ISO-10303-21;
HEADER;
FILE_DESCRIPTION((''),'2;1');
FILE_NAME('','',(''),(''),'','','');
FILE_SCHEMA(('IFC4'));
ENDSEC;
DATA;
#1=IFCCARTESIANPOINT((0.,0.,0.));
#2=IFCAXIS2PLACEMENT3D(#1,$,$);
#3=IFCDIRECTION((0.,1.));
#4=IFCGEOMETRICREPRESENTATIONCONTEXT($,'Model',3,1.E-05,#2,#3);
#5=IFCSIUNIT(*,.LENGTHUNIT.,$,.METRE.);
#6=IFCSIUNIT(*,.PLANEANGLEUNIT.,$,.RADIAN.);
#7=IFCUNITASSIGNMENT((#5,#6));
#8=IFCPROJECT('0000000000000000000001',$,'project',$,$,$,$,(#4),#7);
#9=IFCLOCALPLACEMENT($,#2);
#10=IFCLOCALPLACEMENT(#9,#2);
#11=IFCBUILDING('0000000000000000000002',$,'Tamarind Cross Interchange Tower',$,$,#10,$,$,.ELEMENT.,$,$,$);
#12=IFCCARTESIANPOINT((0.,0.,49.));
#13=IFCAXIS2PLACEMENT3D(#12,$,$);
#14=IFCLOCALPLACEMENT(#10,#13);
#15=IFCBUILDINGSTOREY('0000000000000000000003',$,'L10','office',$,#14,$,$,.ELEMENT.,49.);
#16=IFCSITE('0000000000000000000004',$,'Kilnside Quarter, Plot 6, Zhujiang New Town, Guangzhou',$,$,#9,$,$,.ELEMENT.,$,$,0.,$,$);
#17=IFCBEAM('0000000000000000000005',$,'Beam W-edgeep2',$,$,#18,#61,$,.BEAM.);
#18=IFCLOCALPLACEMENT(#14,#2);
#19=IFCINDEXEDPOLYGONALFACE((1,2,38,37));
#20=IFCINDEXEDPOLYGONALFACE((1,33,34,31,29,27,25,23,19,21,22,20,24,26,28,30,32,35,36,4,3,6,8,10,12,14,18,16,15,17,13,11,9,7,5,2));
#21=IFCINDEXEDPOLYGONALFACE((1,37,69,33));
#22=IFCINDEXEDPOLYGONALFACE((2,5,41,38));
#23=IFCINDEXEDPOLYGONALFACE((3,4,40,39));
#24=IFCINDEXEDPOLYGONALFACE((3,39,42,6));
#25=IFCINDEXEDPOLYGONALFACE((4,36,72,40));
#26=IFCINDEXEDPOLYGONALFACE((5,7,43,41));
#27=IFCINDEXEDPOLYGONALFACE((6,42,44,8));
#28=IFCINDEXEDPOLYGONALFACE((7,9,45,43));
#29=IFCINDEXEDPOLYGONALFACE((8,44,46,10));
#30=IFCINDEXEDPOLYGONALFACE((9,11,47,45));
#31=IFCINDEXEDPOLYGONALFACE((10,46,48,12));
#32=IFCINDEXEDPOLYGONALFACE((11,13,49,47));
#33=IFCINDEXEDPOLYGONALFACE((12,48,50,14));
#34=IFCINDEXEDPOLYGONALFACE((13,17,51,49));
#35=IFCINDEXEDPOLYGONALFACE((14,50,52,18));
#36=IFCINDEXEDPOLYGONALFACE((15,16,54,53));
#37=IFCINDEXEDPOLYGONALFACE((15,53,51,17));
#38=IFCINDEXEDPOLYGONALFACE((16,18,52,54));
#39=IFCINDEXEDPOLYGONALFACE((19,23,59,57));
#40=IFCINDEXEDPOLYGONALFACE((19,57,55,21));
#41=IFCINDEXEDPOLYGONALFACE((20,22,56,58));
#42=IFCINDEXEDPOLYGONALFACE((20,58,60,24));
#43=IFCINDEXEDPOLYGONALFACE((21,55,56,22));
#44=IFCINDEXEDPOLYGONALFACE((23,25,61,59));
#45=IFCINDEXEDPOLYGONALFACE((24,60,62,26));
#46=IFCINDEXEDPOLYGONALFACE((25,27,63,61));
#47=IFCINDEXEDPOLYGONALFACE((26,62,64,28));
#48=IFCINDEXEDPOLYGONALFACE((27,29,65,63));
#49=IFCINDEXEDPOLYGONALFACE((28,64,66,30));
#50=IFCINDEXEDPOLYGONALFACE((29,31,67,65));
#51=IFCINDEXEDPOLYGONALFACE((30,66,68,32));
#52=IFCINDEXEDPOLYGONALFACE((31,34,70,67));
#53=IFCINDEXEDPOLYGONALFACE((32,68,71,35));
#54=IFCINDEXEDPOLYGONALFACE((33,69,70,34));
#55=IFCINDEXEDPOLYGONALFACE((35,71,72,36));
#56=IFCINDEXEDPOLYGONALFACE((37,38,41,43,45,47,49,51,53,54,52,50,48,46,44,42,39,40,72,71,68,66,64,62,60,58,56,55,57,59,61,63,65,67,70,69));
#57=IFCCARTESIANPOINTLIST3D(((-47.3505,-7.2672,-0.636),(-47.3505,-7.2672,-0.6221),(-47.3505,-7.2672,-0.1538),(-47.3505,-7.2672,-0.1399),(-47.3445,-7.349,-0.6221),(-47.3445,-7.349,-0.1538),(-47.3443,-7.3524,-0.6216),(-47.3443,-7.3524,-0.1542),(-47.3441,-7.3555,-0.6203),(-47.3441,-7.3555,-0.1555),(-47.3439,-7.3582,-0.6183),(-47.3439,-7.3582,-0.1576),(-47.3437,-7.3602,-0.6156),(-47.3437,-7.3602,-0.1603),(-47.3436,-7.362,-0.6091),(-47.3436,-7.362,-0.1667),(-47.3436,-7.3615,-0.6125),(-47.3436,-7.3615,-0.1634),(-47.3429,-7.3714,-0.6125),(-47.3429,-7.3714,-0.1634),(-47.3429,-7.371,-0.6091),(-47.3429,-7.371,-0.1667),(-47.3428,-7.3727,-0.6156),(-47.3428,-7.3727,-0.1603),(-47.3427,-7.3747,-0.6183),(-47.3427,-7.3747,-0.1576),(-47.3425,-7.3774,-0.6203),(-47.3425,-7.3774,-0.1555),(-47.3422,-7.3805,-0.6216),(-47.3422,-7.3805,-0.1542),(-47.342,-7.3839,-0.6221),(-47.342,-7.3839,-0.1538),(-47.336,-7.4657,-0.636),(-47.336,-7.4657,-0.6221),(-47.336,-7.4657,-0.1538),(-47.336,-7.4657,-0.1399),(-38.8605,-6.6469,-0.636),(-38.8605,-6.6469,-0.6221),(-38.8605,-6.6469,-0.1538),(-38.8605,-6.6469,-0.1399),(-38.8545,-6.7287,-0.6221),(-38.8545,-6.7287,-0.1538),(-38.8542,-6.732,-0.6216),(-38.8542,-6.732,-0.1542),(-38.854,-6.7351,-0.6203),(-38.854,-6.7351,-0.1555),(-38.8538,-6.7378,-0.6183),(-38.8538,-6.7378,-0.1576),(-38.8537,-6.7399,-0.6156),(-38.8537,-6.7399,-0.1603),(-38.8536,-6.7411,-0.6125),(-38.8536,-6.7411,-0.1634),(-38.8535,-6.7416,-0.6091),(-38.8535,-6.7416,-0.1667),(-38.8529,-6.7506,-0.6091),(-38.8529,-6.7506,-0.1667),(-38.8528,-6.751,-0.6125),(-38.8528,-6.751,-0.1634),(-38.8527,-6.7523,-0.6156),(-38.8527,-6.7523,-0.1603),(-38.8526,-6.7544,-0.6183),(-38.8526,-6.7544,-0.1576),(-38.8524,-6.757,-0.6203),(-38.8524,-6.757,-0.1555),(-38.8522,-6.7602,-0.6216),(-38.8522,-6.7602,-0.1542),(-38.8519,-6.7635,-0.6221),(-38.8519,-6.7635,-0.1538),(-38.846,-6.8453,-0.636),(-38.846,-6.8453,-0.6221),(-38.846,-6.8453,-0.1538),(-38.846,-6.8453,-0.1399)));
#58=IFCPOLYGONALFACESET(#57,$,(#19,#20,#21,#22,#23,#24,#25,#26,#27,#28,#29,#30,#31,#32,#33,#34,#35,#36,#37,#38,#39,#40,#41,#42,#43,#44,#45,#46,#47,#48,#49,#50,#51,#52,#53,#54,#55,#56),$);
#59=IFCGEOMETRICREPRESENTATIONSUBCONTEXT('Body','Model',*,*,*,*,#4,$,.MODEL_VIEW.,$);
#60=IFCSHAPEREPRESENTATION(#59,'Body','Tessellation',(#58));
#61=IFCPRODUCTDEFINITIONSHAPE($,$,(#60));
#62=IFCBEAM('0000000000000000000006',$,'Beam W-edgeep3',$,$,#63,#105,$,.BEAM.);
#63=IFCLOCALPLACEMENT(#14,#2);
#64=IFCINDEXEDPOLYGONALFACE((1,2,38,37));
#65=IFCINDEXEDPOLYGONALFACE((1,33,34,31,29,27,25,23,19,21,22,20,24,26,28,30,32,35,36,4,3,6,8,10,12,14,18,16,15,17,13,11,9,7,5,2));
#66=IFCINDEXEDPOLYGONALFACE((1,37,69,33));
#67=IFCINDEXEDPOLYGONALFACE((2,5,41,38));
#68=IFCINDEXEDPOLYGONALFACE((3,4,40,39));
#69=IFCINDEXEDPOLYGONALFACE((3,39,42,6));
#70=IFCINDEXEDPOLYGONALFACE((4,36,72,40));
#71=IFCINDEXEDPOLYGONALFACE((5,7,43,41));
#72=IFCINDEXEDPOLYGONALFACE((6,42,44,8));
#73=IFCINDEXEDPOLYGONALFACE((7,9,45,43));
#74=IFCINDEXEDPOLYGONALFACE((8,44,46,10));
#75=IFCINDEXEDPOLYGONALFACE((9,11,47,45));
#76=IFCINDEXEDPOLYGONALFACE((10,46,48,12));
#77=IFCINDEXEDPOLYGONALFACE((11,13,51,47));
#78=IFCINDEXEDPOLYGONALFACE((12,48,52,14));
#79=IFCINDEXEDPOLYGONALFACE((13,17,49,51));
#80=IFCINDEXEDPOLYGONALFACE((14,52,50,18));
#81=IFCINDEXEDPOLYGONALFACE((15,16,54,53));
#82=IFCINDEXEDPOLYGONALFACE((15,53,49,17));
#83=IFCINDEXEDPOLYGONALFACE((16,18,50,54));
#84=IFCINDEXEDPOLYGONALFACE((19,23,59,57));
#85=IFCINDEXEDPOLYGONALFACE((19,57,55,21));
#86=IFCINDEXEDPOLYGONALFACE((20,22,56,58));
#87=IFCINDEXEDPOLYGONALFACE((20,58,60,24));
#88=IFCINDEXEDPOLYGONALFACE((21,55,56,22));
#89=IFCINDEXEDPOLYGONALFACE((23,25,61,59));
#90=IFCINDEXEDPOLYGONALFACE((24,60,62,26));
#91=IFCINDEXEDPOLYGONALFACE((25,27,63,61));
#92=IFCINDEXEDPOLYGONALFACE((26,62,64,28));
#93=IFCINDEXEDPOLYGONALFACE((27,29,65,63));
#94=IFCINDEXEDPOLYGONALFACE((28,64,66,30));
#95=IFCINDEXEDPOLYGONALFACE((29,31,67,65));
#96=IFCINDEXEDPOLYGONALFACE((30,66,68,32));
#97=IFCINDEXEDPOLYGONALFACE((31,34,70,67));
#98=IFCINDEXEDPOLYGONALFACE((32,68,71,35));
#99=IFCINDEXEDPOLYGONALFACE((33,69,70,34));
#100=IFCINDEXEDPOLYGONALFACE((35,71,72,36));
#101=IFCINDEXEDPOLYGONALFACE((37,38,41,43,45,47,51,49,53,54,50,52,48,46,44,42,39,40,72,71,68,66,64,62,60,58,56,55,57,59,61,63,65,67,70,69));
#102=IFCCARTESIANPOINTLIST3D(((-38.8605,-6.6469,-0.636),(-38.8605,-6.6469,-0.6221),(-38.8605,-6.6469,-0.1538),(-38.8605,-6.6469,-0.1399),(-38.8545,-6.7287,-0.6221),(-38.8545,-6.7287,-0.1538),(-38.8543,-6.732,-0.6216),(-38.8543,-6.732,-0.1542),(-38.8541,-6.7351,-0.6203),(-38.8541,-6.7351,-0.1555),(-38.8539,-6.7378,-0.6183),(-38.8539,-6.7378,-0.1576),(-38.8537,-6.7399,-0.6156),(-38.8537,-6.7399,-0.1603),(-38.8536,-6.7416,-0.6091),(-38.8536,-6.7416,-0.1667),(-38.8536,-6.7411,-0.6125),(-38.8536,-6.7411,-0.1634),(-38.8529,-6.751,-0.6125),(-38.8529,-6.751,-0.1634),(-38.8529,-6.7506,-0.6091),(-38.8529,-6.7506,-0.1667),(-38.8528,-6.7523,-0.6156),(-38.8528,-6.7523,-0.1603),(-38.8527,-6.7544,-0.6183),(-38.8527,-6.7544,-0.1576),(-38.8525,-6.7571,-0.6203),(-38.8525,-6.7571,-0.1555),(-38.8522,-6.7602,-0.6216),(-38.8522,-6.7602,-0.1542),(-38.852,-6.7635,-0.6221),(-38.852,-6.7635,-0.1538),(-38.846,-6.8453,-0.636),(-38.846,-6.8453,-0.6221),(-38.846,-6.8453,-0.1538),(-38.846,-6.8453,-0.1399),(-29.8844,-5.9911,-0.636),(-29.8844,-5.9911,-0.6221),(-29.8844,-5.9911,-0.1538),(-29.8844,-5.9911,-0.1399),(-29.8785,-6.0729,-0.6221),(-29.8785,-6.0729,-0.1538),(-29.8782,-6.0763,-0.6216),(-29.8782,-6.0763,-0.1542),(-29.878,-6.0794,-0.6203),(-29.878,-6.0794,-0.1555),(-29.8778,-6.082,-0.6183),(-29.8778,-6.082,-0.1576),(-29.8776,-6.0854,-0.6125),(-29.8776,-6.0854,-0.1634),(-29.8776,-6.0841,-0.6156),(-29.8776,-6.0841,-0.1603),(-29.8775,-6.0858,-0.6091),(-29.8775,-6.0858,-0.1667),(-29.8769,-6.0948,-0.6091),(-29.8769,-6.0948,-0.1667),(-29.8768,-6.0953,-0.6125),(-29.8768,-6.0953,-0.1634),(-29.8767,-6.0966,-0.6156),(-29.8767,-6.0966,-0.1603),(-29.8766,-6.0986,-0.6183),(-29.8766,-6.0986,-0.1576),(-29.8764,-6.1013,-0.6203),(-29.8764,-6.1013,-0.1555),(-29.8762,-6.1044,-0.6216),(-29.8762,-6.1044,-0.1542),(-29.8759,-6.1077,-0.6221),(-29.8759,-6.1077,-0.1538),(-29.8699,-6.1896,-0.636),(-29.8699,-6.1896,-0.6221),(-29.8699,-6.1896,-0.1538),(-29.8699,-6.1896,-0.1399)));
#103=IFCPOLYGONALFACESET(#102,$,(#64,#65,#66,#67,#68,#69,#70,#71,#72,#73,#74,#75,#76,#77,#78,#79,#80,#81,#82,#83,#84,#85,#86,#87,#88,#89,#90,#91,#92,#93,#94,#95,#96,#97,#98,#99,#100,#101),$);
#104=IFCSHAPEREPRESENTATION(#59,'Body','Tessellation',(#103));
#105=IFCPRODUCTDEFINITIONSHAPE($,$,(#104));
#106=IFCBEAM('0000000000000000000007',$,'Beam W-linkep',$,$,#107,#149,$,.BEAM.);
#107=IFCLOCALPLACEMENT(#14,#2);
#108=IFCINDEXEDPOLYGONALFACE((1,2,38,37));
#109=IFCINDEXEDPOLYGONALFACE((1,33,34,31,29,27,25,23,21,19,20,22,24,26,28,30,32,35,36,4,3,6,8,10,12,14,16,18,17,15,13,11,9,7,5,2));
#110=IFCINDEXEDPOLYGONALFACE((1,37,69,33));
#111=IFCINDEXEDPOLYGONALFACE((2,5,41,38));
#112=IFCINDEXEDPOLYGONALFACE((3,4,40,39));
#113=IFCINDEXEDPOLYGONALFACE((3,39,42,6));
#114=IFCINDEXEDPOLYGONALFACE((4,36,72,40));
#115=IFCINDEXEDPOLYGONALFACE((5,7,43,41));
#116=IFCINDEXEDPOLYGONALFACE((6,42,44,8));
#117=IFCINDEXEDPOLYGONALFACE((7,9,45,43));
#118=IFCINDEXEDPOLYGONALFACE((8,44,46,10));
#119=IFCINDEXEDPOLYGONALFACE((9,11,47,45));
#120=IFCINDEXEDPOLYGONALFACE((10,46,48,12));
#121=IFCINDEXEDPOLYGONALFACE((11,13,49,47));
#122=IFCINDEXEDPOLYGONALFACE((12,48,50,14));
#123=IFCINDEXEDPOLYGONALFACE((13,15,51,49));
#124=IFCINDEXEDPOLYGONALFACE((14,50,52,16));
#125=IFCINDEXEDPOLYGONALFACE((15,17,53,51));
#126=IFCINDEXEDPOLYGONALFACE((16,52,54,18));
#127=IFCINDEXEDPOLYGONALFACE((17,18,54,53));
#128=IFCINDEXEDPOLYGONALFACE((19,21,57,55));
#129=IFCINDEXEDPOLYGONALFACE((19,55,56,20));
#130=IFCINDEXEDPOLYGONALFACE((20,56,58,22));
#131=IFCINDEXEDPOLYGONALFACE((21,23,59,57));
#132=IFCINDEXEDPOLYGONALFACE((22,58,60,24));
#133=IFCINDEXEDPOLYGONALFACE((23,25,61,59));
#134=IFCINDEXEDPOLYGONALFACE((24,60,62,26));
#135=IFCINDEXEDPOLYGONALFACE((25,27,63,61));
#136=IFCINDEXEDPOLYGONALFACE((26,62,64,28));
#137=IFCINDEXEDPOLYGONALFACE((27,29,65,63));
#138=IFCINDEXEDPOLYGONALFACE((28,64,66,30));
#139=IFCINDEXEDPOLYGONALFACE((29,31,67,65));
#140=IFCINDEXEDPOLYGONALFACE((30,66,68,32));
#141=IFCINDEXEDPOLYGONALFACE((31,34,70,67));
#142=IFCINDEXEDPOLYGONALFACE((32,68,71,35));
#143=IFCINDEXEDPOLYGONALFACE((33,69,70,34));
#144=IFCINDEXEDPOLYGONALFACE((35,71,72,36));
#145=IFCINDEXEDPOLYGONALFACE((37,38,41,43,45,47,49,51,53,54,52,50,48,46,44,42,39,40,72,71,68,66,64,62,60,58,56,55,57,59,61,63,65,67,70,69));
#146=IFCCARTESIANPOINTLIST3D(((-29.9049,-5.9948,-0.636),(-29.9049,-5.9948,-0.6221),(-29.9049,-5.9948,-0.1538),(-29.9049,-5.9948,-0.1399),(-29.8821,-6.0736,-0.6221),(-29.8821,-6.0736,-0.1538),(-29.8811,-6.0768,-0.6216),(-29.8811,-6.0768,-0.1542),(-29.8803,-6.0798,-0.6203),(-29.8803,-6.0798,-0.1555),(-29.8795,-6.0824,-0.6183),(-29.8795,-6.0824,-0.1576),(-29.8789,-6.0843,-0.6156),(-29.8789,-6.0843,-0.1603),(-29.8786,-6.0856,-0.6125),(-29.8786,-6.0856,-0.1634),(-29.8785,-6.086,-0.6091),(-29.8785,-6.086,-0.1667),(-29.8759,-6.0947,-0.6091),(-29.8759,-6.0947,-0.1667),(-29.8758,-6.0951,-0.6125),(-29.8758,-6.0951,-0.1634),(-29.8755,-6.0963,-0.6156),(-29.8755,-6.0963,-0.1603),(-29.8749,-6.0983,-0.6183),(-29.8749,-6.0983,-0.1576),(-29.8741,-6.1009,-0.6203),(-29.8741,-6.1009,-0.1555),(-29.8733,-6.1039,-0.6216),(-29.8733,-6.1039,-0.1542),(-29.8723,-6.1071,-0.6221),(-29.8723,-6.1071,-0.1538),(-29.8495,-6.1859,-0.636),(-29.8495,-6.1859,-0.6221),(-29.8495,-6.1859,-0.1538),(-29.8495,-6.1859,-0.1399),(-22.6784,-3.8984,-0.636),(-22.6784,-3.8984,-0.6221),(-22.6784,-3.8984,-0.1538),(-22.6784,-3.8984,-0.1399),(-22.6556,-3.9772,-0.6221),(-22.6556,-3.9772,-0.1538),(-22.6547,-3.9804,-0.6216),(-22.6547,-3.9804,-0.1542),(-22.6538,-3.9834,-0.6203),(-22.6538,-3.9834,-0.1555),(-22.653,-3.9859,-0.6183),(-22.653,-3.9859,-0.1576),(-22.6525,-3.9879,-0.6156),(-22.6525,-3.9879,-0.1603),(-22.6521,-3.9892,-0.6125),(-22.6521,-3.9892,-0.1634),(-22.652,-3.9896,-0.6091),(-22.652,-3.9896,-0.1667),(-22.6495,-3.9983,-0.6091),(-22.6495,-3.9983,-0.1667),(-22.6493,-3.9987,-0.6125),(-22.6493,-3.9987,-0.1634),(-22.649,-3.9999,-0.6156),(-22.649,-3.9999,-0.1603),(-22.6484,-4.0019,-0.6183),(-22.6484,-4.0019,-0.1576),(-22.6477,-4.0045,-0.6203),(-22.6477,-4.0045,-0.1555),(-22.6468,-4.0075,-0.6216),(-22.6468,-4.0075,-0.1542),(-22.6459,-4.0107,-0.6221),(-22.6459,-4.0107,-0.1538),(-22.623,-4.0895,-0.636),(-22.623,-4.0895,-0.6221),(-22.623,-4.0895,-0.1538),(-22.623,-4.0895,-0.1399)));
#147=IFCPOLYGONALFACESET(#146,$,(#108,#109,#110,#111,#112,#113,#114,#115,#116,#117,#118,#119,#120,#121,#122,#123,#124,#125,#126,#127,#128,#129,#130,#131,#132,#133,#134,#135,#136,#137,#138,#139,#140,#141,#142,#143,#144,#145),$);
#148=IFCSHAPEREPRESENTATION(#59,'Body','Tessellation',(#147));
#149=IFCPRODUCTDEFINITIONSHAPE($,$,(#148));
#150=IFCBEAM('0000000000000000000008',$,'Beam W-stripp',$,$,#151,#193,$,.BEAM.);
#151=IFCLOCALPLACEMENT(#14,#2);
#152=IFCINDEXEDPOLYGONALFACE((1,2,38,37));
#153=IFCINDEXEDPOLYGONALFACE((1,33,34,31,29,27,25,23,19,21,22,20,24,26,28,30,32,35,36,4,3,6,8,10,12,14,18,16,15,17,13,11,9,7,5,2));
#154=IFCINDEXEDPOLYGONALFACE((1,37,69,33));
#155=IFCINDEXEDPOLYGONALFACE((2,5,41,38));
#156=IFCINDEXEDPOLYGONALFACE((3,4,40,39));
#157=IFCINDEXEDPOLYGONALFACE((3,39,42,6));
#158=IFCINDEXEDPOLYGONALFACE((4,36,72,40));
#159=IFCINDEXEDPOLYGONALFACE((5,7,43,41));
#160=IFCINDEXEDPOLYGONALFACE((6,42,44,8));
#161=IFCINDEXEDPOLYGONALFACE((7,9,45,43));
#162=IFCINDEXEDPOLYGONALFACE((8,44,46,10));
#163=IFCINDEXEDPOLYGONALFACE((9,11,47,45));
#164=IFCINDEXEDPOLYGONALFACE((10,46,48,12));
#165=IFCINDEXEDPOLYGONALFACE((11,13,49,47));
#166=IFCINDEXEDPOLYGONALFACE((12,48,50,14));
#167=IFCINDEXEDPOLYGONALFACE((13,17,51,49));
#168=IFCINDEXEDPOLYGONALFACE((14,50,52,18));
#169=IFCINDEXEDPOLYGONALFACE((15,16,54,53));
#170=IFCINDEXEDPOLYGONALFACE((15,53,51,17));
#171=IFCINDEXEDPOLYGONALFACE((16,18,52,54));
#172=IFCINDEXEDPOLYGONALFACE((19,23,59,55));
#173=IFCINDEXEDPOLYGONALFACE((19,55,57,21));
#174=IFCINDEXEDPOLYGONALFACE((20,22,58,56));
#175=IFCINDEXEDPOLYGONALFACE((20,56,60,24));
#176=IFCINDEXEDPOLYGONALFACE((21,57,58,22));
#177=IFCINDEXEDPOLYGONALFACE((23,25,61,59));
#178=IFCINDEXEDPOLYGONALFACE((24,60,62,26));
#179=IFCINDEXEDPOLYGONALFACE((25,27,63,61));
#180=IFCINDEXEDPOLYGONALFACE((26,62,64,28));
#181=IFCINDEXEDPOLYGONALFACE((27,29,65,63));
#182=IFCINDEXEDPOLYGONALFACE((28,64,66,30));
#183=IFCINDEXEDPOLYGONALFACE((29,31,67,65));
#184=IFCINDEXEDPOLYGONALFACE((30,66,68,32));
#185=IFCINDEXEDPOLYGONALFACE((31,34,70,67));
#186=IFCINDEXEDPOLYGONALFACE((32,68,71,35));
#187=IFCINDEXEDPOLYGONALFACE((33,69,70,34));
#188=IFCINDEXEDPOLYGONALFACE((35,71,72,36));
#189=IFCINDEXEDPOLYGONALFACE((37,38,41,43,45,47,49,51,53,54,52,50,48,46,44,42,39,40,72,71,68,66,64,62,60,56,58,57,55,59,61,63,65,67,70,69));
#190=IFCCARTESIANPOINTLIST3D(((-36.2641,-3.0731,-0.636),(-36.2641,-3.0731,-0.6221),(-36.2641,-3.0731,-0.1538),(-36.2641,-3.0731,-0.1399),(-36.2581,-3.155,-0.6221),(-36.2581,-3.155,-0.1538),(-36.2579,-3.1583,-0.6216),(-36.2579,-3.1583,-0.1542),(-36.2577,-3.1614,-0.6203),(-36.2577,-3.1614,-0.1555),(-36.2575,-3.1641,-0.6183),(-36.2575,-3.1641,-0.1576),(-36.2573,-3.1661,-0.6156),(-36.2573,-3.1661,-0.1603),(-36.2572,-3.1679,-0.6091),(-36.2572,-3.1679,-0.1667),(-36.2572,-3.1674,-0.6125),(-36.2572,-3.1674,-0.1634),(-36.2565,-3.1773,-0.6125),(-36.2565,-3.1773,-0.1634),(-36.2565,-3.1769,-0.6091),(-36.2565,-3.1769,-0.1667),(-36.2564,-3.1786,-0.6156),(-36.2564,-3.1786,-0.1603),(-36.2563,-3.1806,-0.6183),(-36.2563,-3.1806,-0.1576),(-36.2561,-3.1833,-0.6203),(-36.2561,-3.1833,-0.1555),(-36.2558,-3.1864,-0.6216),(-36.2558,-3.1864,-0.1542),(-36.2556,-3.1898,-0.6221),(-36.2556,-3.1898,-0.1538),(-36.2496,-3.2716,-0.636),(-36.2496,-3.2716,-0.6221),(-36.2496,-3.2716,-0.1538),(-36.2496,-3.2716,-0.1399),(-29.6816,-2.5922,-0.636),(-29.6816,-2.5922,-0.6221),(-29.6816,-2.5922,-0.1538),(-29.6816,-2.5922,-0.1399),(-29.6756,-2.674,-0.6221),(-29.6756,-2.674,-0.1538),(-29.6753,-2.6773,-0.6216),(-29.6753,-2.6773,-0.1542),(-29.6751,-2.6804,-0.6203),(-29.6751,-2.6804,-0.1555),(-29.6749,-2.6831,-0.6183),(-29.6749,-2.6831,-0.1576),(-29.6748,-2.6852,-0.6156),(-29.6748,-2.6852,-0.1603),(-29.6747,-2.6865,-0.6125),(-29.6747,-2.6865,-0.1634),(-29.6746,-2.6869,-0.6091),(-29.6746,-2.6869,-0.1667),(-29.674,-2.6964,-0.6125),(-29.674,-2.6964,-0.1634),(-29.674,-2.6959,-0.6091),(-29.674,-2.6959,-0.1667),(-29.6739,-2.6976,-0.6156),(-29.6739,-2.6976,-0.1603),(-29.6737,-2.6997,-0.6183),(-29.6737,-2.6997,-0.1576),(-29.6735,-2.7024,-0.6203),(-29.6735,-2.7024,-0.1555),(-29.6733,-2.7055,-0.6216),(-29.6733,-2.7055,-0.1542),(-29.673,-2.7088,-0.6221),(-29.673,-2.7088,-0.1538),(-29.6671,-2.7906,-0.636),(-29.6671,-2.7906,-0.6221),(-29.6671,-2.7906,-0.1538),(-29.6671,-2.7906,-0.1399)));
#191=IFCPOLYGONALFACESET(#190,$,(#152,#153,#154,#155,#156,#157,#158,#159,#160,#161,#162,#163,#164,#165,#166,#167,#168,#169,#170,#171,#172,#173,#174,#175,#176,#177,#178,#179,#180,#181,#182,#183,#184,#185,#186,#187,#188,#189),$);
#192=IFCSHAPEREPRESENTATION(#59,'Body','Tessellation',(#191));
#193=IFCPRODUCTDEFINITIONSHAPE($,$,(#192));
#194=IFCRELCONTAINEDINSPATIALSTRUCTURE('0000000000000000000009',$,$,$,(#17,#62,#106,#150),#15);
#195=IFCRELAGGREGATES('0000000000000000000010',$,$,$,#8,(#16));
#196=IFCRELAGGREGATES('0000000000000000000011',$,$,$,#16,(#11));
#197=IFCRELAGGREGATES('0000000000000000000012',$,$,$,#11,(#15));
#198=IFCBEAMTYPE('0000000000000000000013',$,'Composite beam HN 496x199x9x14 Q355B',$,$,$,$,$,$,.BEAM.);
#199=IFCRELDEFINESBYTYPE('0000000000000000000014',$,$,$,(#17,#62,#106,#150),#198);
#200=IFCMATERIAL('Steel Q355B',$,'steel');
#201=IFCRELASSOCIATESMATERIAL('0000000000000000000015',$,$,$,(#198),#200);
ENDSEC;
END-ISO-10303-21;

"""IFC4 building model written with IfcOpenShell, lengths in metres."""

from ifc_helpers import new_model, si_unit, direction, frame, origin, origin_2d, place, context, subcontext, project, spatial, i_section, extrude, material, material_profile, profile_set, type_object, element, save


model = new_model("IFC4")

# Units and contexts
model_context = context("Model", 3, precision=1e-05, world=origin(), true_north=direction((0.0, 1.0)))
body_context = subcontext(model_context, "Body", "Model", "MODEL_VIEW")
ifc_project = project(units=[si_unit("LENGTHUNIT", "METRE"), si_unit("PLANEANGLEUNIT", "RADIAN")], contexts=[model_context])

# Site, building, storey
site_placement = place(None, origin())
site = spatial("IfcSite", under=ifc_project, at=site_placement, Name="Kilnside Quarter, Plot 6, Zhujiang New Town, Guangzhou", CompositionType="ELEMENT", RefElevation=0.0)
building_placement = place(site_placement, origin())
building = spatial("IfcBuilding", under=site, at=building_placement, Name="Tamarind Cross Interchange Tower", CompositionType="ELEMENT")
storey_placement = place(building_placement, frame((0.0, 0.0, 49.0)))
storey = spatial("IfcBuildingStorey", under=building, at=storey_placement, Name="L10", Description="office", CompositionType="ELEMENT", Elevation=49.0)

# Beams
ifc_material_1 = material(Name="Steel Q355B", Category="steel")
ifc_material_profile_1 = material_profile(ifc_material_1, i_section(OverallWidth=0.199, OverallDepth=0.4961, WebThickness=0.009, FlangeThickness=0.0139, FilletRadius=0.0129, at=origin_2d()), Name="HN 496x199x9x14")
ifc_profile_set_1 = profile_set([ifc_material_profile_1], Name="Steel Q355B")
beam_type_1 = type_object("IfcBeamType", Name="Composite beam HN 496x199x9x14 Q355B", PredefinedType="BEAM", material=ifc_profile_set_1)
beam_1_placement = place(storey_placement, frame((-47.3433, -7.3665, -0.3879), z_axis=(0.997341, 0.072875, 0.0), x_axis=(-0.072875, 0.997341, 0.0)))
element("IfcBeam", 1, at=beam_1_placement, inside=storey, type_object=beam_type_1, Name="Beam W-edgeep2", PredefinedType="BEAM", context=body_context, shape_type="SweptSolid", body=[
    extrude(i_section(OverallWidth=0.199, OverallDepth=0.4961, WebThickness=0.009, FlangeThickness=0.0139, FilletRadius=0.0129, at=origin_2d()), origin(), (0.0, 0.0, 1.0), 8.5127),
])
beam_2_placement = place(storey_placement, frame((-38.8533, -6.7461, -0.3879), z_axis=(0.997342, 0.072862, 0.0), x_axis=(-0.072862, 0.997342, 0.0)))
element("IfcBeam", 2, at=beam_2_placement, inside=storey, type_object=beam_type_1, Name="Beam W-edgeep3", PredefinedType="BEAM", context=body_context, shape_type="SweptSolid", body=[
    extrude(i_section(OverallWidth=0.199, OverallDepth=0.4961, WebThickness=0.009, FlangeThickness=0.0139, FilletRadius=0.0129, at=origin_2d()), origin(), (0.0, 0.0, 1.0), 9.0),
])
beam_3_placement = place(storey_placement, frame((-29.8772, -6.0903, -0.3879), z_axis=(0.960403, 0.278614, 0.0), x_axis=(-0.278614, 0.960403, 0.0)))
element("IfcBeam", 3, at=beam_3_placement, inside=storey, type_object=beam_type_1, Name="Beam W-linkep", PredefinedType="BEAM", context=body_context, shape_type="SweptSolid", body=[
    extrude(i_section(OverallWidth=0.199, OverallDepth=0.4961, WebThickness=0.009, FlangeThickness=0.0139, FilletRadius=0.0129, at=origin_2d()), origin(), (0.0, 0.0, 1.0), 7.5244),
])
beam_4_placement = place(storey_placement, frame((-29.6743, -2.6914, -0.3879), z_axis=(-0.997341, -0.072872, 0.0), x_axis=(0.072872, -0.997341, 0.0)))
element("IfcBeam", 4, at=beam_4_placement, inside=storey, type_object=beam_type_1, Name="Beam W-stripp", PredefinedType="BEAM", context=body_context, shape_type="SweptSolid", body=[
    extrude(i_section(OverallWidth=0.199, OverallDepth=0.4961, WebThickness=0.009, FlangeThickness=0.0139, FilletRadius=0.0129, at=origin_2d()), origin(), (0.0, 0.0, 1.0), 6.6001),
])

save(model, "model.ifc")
